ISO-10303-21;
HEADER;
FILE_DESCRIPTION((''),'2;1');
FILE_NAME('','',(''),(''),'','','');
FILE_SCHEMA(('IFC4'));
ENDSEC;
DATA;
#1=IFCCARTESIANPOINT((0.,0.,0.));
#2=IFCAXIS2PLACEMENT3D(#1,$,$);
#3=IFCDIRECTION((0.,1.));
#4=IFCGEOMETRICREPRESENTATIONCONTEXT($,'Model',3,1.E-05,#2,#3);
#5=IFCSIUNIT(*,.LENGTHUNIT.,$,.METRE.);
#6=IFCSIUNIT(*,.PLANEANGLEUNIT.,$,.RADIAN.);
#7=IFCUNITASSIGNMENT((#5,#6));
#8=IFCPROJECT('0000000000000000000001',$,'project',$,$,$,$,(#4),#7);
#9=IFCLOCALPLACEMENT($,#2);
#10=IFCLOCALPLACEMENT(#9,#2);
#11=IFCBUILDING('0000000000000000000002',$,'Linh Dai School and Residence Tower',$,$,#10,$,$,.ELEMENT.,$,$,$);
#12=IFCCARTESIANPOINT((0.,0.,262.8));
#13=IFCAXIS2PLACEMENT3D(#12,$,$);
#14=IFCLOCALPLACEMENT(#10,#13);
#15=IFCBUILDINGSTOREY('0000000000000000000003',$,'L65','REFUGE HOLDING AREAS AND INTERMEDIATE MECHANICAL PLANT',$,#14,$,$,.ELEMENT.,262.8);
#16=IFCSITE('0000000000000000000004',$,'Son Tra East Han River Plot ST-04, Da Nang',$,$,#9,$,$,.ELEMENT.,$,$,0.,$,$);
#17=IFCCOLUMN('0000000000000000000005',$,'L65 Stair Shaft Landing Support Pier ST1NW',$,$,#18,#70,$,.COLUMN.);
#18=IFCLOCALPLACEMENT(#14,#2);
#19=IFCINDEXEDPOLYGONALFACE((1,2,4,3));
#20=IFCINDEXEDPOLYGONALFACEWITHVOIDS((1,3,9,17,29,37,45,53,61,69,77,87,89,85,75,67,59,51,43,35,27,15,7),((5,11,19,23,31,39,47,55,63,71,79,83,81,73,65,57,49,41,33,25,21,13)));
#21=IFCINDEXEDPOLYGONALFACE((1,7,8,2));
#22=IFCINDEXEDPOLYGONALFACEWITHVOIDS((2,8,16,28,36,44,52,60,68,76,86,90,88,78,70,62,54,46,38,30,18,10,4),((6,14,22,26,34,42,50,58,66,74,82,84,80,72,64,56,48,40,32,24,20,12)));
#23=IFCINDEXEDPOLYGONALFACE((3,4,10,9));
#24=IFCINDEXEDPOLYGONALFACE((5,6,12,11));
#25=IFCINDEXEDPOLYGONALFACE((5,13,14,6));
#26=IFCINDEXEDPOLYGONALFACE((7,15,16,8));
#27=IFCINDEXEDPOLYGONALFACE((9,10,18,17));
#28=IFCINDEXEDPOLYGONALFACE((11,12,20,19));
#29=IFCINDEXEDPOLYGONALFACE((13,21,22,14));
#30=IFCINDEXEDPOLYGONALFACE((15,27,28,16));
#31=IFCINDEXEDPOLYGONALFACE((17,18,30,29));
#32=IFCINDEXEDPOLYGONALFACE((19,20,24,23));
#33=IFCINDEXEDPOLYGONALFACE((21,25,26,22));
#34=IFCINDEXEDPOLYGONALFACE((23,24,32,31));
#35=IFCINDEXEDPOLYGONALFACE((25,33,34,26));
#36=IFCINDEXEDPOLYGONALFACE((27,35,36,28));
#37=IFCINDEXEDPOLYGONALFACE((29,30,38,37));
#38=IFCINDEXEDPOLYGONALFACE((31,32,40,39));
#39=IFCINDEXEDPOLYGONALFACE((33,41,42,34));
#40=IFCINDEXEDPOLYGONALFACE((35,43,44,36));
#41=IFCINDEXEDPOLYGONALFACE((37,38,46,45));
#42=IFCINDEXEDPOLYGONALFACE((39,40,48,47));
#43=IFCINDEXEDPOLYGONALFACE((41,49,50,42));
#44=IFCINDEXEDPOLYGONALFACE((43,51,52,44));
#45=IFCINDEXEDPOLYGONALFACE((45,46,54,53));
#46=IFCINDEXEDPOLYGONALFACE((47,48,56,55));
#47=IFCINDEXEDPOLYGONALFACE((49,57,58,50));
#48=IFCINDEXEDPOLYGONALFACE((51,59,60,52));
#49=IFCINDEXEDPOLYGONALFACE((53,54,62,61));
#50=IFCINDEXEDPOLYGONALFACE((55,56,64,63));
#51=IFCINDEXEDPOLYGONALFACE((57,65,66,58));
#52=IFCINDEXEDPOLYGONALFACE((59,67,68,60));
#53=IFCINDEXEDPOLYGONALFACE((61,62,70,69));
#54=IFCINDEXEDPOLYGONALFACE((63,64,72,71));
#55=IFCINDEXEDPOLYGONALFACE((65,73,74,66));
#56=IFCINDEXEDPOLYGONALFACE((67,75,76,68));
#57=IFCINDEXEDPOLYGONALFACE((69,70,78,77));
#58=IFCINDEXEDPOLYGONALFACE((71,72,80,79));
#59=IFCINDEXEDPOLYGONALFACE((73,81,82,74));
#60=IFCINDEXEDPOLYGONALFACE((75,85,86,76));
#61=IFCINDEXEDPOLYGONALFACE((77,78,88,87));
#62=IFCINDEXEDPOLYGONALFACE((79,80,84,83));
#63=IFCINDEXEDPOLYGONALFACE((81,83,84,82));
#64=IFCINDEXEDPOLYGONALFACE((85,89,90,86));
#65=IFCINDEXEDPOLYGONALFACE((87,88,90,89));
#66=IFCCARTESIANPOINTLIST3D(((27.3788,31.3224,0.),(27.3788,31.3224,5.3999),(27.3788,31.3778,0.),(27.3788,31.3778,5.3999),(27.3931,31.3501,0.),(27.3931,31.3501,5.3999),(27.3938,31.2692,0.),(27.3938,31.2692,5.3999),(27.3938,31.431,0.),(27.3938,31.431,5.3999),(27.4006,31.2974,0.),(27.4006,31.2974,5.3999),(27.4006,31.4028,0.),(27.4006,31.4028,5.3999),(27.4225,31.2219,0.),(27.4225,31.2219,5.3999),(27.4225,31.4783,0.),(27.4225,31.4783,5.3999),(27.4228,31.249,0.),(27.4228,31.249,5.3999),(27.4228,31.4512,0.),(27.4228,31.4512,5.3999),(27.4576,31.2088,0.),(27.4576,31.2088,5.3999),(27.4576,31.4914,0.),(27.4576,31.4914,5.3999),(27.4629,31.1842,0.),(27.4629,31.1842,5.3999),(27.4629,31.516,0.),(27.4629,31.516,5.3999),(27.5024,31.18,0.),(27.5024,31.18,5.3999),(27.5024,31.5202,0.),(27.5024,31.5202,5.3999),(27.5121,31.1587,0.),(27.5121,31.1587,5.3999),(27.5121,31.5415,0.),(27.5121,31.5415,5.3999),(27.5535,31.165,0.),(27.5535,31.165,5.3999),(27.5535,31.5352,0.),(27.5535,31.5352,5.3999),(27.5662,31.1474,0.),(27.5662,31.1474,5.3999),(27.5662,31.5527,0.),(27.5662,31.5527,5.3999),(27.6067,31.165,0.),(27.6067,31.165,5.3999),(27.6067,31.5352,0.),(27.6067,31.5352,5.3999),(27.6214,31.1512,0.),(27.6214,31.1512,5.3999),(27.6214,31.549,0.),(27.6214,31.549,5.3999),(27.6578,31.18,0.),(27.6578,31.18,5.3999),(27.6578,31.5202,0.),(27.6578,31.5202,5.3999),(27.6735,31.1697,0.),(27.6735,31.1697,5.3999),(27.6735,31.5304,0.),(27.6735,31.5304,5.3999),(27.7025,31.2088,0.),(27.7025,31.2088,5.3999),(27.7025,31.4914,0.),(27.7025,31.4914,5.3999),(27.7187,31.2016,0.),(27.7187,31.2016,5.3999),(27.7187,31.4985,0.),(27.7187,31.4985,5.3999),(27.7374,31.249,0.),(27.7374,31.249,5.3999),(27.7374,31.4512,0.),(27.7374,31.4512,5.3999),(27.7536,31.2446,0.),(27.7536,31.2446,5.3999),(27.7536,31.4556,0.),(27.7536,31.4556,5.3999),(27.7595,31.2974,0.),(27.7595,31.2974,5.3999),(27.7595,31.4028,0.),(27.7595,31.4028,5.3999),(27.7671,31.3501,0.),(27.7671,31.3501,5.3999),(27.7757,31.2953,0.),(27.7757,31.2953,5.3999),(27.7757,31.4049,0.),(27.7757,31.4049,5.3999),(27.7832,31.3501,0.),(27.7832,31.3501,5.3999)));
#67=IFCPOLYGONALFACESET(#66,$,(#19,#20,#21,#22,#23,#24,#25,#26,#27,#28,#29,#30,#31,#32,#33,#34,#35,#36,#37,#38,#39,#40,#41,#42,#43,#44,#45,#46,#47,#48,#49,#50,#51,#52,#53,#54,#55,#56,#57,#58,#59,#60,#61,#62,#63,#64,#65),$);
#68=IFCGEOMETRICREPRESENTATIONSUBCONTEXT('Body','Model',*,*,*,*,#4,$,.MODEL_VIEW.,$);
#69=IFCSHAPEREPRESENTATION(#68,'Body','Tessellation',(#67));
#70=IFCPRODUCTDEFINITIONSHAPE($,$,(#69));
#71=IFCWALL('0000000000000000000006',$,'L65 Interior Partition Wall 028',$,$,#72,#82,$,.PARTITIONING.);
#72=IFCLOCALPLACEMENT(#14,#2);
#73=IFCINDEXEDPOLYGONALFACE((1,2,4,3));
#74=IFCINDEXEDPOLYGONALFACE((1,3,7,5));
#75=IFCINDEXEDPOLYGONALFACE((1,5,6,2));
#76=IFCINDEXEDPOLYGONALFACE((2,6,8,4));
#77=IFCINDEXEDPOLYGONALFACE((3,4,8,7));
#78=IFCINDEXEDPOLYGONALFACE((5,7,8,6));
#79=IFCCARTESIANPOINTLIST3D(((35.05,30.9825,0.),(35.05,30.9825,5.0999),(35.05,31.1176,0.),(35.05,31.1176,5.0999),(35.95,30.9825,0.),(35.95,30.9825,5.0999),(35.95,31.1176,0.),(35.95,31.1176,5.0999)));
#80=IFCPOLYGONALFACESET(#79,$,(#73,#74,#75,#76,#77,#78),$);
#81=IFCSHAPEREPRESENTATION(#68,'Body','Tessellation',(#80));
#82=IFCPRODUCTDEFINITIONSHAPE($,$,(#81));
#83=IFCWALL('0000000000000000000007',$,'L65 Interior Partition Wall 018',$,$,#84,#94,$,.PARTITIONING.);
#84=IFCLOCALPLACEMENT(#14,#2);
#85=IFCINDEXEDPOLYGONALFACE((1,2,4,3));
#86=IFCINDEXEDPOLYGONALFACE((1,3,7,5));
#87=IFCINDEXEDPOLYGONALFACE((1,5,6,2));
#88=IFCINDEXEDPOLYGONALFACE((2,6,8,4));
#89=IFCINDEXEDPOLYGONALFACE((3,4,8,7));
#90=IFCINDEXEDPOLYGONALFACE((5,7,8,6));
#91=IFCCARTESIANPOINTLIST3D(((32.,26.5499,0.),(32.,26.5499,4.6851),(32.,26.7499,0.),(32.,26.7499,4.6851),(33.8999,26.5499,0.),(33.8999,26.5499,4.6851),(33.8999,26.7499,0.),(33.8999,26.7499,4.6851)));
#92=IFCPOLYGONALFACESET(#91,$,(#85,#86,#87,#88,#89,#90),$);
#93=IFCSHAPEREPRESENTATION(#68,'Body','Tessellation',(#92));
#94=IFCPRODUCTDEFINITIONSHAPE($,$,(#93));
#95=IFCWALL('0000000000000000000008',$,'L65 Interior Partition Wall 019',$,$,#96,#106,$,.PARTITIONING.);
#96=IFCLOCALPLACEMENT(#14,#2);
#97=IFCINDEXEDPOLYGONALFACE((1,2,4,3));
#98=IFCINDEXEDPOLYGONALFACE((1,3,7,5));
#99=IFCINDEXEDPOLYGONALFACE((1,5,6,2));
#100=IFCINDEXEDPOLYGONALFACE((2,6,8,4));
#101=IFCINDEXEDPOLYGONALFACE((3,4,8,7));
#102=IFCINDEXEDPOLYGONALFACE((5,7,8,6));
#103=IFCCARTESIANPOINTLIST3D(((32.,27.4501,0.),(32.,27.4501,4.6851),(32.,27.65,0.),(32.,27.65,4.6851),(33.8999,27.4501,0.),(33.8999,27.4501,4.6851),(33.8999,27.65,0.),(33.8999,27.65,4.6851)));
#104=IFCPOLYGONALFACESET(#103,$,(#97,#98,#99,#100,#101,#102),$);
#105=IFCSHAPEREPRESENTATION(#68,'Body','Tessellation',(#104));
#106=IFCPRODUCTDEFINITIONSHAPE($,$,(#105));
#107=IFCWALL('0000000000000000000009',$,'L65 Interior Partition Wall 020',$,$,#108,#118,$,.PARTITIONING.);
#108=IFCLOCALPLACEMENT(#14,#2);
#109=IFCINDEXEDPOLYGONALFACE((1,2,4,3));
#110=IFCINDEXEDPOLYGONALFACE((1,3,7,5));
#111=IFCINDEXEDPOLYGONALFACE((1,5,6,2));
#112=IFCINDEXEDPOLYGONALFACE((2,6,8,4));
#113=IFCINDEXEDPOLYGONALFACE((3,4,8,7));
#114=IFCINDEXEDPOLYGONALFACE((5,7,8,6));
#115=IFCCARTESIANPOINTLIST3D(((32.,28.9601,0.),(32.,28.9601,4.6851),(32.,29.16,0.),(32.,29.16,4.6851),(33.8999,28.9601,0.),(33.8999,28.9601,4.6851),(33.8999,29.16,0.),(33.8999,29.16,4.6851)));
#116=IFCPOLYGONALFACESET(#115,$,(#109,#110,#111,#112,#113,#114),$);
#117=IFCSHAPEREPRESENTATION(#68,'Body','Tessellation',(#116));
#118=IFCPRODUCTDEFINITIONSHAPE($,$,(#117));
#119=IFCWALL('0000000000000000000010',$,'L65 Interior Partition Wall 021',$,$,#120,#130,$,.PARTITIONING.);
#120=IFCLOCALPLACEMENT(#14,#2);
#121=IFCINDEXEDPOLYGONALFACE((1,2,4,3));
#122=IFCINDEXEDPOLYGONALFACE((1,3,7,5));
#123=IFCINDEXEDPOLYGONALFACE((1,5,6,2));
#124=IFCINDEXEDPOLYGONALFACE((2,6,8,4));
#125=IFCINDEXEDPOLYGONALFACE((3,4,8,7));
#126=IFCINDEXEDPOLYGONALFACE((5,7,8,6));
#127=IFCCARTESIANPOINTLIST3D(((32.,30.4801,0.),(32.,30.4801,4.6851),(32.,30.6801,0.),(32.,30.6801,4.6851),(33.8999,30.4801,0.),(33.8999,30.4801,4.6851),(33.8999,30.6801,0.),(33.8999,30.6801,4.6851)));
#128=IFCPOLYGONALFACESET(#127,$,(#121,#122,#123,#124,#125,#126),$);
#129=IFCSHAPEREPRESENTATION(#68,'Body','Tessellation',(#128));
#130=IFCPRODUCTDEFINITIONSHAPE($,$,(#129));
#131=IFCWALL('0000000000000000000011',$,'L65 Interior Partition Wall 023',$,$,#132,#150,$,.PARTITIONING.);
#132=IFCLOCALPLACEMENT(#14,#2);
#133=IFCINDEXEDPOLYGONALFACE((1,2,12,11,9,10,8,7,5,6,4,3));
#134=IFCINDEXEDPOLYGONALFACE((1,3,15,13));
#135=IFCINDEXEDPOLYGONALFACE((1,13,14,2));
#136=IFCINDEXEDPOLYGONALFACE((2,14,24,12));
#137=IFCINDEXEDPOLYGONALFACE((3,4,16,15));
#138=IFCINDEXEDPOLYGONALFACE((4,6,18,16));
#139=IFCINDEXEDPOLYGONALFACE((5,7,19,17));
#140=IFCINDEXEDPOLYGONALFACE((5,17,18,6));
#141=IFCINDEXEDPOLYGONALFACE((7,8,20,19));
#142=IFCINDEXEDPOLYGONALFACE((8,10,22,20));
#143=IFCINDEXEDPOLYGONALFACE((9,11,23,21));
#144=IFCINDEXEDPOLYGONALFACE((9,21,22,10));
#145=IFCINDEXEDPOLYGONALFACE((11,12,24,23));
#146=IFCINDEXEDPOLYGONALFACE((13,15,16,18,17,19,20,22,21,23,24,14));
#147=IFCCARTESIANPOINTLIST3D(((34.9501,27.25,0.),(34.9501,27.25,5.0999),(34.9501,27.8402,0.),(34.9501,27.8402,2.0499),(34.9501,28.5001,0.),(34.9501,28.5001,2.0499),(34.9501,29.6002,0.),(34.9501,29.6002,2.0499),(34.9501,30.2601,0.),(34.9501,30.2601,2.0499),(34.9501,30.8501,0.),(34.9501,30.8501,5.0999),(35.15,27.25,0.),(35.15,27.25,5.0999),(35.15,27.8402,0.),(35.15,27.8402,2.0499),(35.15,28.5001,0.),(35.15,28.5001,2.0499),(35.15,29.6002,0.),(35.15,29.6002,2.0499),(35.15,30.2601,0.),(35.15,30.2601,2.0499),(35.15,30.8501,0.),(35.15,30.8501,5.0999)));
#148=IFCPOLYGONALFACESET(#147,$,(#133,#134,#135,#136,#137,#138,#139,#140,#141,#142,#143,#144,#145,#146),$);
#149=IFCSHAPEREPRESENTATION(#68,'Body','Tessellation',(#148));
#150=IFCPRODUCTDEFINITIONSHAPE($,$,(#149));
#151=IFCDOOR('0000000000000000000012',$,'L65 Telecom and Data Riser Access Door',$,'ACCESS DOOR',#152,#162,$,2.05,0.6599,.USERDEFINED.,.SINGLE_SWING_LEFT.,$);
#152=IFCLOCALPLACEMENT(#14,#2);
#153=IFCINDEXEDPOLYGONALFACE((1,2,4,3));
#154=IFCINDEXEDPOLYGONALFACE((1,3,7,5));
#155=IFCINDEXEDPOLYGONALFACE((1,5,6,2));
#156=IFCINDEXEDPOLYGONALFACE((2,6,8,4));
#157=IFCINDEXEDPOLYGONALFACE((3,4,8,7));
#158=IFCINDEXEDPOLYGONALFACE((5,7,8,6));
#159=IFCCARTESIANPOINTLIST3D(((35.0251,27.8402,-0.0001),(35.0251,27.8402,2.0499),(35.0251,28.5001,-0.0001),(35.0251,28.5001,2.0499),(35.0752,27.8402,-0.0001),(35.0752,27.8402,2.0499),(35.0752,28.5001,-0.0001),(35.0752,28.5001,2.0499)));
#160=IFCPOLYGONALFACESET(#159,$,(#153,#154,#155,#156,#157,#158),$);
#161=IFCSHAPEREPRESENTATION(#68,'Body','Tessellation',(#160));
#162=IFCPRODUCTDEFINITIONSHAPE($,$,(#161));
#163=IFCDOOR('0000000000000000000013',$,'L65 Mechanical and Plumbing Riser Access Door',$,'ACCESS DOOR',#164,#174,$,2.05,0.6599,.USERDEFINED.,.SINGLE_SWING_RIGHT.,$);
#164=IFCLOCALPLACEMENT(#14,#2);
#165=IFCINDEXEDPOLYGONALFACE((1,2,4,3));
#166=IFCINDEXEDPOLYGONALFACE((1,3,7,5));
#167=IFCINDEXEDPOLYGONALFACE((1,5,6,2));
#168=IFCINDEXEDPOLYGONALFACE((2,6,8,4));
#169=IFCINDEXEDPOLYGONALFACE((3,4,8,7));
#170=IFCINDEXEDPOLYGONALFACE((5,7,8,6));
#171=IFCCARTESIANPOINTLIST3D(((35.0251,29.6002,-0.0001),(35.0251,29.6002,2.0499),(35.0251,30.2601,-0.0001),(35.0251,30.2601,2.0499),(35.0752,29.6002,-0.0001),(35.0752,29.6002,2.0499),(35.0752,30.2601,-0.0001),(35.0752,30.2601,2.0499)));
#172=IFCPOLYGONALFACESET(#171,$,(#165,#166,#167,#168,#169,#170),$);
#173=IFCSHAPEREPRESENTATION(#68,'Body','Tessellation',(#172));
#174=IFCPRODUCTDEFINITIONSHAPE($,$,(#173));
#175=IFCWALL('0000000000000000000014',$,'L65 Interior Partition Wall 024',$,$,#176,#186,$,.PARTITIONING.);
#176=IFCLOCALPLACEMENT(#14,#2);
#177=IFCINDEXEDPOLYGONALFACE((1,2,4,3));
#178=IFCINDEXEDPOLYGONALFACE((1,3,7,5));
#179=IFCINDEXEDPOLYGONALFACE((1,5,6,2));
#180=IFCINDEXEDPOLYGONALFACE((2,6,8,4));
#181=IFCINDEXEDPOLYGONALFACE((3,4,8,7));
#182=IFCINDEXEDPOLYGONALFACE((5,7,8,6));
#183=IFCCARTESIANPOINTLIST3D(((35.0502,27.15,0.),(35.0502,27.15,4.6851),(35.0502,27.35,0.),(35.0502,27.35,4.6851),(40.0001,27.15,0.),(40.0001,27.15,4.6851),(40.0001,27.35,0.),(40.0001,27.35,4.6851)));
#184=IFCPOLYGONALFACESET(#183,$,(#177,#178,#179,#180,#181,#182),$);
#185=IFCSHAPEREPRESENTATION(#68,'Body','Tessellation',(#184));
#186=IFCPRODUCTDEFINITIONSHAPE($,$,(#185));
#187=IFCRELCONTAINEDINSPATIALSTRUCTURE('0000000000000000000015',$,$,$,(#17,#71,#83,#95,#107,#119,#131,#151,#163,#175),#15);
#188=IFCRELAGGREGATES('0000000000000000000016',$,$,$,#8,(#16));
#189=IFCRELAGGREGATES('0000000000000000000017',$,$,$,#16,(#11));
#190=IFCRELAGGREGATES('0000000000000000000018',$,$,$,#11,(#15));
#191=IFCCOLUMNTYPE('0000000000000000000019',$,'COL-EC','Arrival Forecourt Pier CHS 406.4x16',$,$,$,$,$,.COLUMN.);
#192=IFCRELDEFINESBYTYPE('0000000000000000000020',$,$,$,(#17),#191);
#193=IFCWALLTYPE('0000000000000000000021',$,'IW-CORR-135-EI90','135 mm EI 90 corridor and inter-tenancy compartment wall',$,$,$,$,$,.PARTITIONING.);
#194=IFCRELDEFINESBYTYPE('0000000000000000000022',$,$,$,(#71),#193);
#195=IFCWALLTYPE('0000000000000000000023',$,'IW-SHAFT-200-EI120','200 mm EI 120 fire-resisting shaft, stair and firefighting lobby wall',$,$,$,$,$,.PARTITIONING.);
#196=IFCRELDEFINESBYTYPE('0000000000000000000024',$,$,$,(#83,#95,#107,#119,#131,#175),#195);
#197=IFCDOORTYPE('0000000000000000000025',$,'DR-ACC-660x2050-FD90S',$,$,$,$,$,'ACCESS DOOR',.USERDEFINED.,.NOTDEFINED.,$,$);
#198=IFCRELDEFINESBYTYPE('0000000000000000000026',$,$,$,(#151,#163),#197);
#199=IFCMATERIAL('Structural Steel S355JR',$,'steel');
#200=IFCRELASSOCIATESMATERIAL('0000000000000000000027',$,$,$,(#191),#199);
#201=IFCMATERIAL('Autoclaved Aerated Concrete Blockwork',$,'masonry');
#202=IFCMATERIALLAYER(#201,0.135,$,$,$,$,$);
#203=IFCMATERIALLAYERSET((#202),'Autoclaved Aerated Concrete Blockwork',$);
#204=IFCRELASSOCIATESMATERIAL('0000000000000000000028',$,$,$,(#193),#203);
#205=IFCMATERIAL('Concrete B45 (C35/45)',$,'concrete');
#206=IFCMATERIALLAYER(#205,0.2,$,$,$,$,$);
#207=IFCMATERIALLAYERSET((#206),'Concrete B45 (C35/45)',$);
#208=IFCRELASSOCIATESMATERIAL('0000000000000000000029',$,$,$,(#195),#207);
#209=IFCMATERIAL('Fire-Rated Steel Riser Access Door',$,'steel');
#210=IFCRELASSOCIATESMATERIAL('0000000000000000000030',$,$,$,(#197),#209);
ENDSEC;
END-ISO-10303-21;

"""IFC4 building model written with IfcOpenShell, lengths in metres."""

from ifc_helpers import new_model, si_unit, direction, frame, frame_2d, origin, origin_2d, place, context, subcontext, project, spatial, rectangle, hollow_circle, extrude, source, transform, mapped, material, layer, layer_set, material_profile, profile_set, type_object, element, fill, save


model = new_model("IFC4")

# Units and contexts
model_context = context("Model", 3, precision=1e-05, world=origin(), true_north=direction((0.0, 1.0)))
body_context = subcontext(model_context, "Body", "Model", "MODEL_VIEW")
ifc_project = project(units=[si_unit("LENGTHUNIT", "METRE"), si_unit("PLANEANGLEUNIT", "RADIAN")], contexts=[model_context])

# Site, building, storey
site_placement = place(None, origin())
site = spatial("IfcSite", under=ifc_project, at=site_placement, Name="Son Tra East Han River Plot ST-04, Da Nang", CompositionType="ELEMENT", RefElevation=0.0)
building_placement = place(site_placement, origin())
building = spatial("IfcBuilding", under=site, at=building_placement, Name="Linh Dai School and Residence Tower", CompositionType="ELEMENT")
storey_placement = place(building_placement, frame((0.0, 0.0, 262.8)))
storey = spatial("IfcBuildingStorey", under=building, at=storey_placement, Name="L65", Description="REFUGE HOLDING AREAS AND INTERMEDIATE MECHANICAL PLANT", CompositionType="ELEMENT", Elevation=262.8)

# Column
ifc_material_1 = material(Name="Structural Steel S355JR", Category="steel")
ifc_material_profile = material_profile(ifc_material_1, hollow_circle(Radius=0.2031, WallThickness=0.0161, at=origin_2d()), Name="CHS 406.4x16")
ifc_profile_set = profile_set([ifc_material_profile], Name="Structural Steel S355JR")
column_type = type_object("IfcColumnType", Name="COL-EC", Description="Arrival Forecourt Pier CHS 406.4x16", PredefinedType="COLUMN", material=ifc_profile_set)
column_placement = place(storey_placement, frame((27.5801, 31.3501, 0.0), z_axis=(0.0, 0.0, 1.0), x_axis=(1.0, 0.0, 0.0)))
element("IfcColumn", 1, at=column_placement, inside=storey, type_object=column_type, Name="L65 Stair Shaft Landing Support Pier ST1NW", PredefinedType="COLUMN", context=body_context, shape_type="SweptSolid", body=[
    extrude(hollow_circle(Radius=0.2031, WallThickness=0.0161, at=origin_2d()), origin(), (0.0, 0.0, 1.0), 5.3999),
])

# Shared definitions
ifc_material_2 = material(Name="Autoclaved Aerated Concrete Blockwork", Category="masonry")
ifc_layer_1 = layer(ifc_material_2, 0.135)
ifc_layer_set_1 = layer_set([ifc_layer_1], Name="Autoclaved Aerated Concrete Blockwork")
wall_type_1 = type_object("IfcWallType", Name="IW-CORR-135-EI90", Description="135 mm EI 90 corridor and inter-tenancy compartment wall", PredefinedType="PARTITIONING", material=ifc_layer_set_1)

# Walls
wall_1_placement = place(storey_placement, frame((35.05, 31.05, 0.0), z_axis=(0.0, 0.0, 1.0), x_axis=(1.0, 0.0, 0.0)))
element("IfcWall", 2, at=wall_1_placement, inside=storey, type_object=wall_type_1, Name="L65 Interior Partition Wall 028", PredefinedType="PARTITIONING", context=body_context, shape_type="SweptSolid", body=[
    extrude(rectangle(XDim=0.8999, YDim=0.135, at=frame_2d((0.45, 0.0))), origin(), (0.0, 0.0, 1.0), 5.0999),
])
ifc_material_3 = material(Name="Concrete B45 (C35/45)", Category="concrete")
ifc_layer_2 = layer(ifc_material_3, 0.2)
ifc_layer_set_2 = layer_set([ifc_layer_2], Name="Concrete B45 (C35/45)")
wall_type_2 = type_object("IfcWallType", Name="IW-SHAFT-200-EI120", Description="200 mm EI 120 fire-resisting shaft, stair and firefighting lobby wall", PredefinedType="PARTITIONING", material=ifc_layer_set_2)
for number, where, z_axis, x_axis, name in (
    (3, (32.0, 26.6499, 0.0), (0.0, 0.0, 1.0), (1.0, 0.0, 0.0), "L65 Interior Partition Wall 018"),
    (4, (32.0, 27.55, 0.0), (0.0, 0.0, 1.0), (1.0, 0.0, 0.0), "L65 Interior Partition Wall 019"),
    (5, (32.0, 29.0601, 0.0), (0.0, 0.0, 1.0), (1.0, 0.0, 0.0), "L65 Interior Partition Wall 020"),
    (6, (32.0, 30.5801, 0.0), (0.0, 0.0, 1.0), (1.0, 0.0, 0.0), "L65 Interior Partition Wall 021"),
):
    element("IfcWall", number, at=place(storey_placement, frame(where, z_axis=z_axis, x_axis=x_axis)), inside=storey, type_object=wall_type_2, Name=name, PredefinedType="PARTITIONING", context=body_context, shape_type="SweptSolid", body=[
        extrude(rectangle(XDim=1.8999, YDim=0.2, at=frame_2d((0.95, 0.0))), origin(), (0.0, 0.0, 1.0), 4.6851),
    ])

# Wall, openings, doors
wall_2_placement = place(storey_placement, frame((35.05, 27.25, 0.0), z_axis=(0.0, 0.0, 1.0), x_axis=(0.0, 1.0, 0.0)))
wall_2 = element("IfcWall", 7, at=wall_2_placement, inside=storey, type_object=wall_type_2, Name="L65 Interior Partition Wall 023", PredefinedType="PARTITIONING", context=body_context, shape_type="SweptSolid", body=[
    extrude(rectangle(XDim=3.6001, YDim=0.2, at=frame_2d((1.8, 0.0))), origin(), (0.0, 0.0, 1.0), 5.0999),
])
opening_1_placement = place(wall_2_placement, frame((0.5901, 0.0, 0.0)))
opening_1 = element("IfcOpeningElement", 8, at=opening_1_placement, cuts=wall_2, PredefinedType="OPENING", context=body_context, shape_type="SweptSolid", body=[
    extrude(rectangle(XDim=0.6599, YDim=2.05, at=origin_2d()), frame((0.3301, 0.1099, 1.0249), z_axis=(0.0, -1.0, 0.0), x_axis=(1.0, 0.0, 0.0)), (0.0, 0.0, 1.0), 0.22),
])
opening_2_placement = place(wall_2_placement, frame((2.3501, 0.0, 0.0)))
opening_2 = element("IfcOpeningElement", 9, at=opening_2_placement, cuts=wall_2, PredefinedType="OPENING", context=body_context, shape_type="SweptSolid", body=[
    extrude(rectangle(XDim=0.6599, YDim=2.05, at=origin_2d()), frame((0.3301, 0.1099, 1.0249), z_axis=(0.0, -1.0, 0.0), x_axis=(1.0, 0.0, 0.0)), (0.0, 0.0, 1.0), 0.22),
])
ifc_material_4 = material(Name="Fire-Rated Steel Riser Access Door", Category="steel")
door_type_1 = type_object("IfcDoorType", Name="DR-ACC-660x2050-FD90S", ElementType="ACCESS DOOR", OperationType="NOTDEFINED", PredefinedType="USERDEFINED", material=ifc_material_4)
shared_shape_1 = source(origin(), body_context, "Body", "SweptSolid", [
    extrude(rectangle(XDim=0.6599, YDim=2.05, at=origin_2d()), frame((0.3301, 0.0249, 1.0249), z_axis=(0.0, -1.0, 0.0), x_axis=(1.0, 0.0, 0.0)), (0.0, 0.0, 1.0), 0.05),
])
door_1_placement = place(opening_1_placement, origin())
door_1 = element("IfcDoor", 10, at=door_1_placement, inside=storey, type_object=door_type_1, Name="L65 Telecom and Data Riser Access Door", ObjectType="ACCESS DOOR", OperationType="SINGLE_SWING_LEFT", OverallHeight=2.05, OverallWidth=0.6599, PredefinedType="USERDEFINED", context=body_context, shape_type="MappedRepresentation", body=[
    mapped(shared_shape_1, transform((0.0, 0.0, 0.0), x_axis=(1.0, 0.0, 0.0), y_axis=(0.0, 1.0, 0.0), z_axis=(0.0, 0.0, 1.0), scale=1.0)),
])
fill(opening_1, door_1)
door_2_placement = place(opening_2_placement, origin())
door_2 = element("IfcDoor", 11, at=door_2_placement, inside=storey, type_object=door_type_1, Name="L65 Mechanical and Plumbing Riser Access Door", ObjectType="ACCESS DOOR", OperationType="SINGLE_SWING_RIGHT", OverallHeight=2.05, OverallWidth=0.6599, PredefinedType="USERDEFINED", context=body_context, shape_type="MappedRepresentation", body=[
    mapped(shared_shape_1, transform((0.0, 0.0, 0.0), x_axis=(1.0, 0.0, 0.0), y_axis=(0.0, 1.0, 0.0), z_axis=(0.0, 0.0, 1.0), scale=1.0)),
])
fill(opening_2, door_2)

# Wall
wall_3_placement = place(storey_placement, frame((35.05, 27.25, 0.0), z_axis=(0.0, 0.0, 1.0), x_axis=(1.0, 0.0, 0.0)))
element("IfcWall", 12, at=wall_3_placement, inside=storey, type_object=wall_type_2, Name="L65 Interior Partition Wall 024", PredefinedType="PARTITIONING", context=body_context, shape_type="SweptSolid", body=[
    extrude(rectangle(XDim=4.95, YDim=0.2, at=frame_2d((2.4751, 0.0))), origin(), (0.0, 0.0, 1.0), 4.6851),
])

save(model, "model.ifc")
